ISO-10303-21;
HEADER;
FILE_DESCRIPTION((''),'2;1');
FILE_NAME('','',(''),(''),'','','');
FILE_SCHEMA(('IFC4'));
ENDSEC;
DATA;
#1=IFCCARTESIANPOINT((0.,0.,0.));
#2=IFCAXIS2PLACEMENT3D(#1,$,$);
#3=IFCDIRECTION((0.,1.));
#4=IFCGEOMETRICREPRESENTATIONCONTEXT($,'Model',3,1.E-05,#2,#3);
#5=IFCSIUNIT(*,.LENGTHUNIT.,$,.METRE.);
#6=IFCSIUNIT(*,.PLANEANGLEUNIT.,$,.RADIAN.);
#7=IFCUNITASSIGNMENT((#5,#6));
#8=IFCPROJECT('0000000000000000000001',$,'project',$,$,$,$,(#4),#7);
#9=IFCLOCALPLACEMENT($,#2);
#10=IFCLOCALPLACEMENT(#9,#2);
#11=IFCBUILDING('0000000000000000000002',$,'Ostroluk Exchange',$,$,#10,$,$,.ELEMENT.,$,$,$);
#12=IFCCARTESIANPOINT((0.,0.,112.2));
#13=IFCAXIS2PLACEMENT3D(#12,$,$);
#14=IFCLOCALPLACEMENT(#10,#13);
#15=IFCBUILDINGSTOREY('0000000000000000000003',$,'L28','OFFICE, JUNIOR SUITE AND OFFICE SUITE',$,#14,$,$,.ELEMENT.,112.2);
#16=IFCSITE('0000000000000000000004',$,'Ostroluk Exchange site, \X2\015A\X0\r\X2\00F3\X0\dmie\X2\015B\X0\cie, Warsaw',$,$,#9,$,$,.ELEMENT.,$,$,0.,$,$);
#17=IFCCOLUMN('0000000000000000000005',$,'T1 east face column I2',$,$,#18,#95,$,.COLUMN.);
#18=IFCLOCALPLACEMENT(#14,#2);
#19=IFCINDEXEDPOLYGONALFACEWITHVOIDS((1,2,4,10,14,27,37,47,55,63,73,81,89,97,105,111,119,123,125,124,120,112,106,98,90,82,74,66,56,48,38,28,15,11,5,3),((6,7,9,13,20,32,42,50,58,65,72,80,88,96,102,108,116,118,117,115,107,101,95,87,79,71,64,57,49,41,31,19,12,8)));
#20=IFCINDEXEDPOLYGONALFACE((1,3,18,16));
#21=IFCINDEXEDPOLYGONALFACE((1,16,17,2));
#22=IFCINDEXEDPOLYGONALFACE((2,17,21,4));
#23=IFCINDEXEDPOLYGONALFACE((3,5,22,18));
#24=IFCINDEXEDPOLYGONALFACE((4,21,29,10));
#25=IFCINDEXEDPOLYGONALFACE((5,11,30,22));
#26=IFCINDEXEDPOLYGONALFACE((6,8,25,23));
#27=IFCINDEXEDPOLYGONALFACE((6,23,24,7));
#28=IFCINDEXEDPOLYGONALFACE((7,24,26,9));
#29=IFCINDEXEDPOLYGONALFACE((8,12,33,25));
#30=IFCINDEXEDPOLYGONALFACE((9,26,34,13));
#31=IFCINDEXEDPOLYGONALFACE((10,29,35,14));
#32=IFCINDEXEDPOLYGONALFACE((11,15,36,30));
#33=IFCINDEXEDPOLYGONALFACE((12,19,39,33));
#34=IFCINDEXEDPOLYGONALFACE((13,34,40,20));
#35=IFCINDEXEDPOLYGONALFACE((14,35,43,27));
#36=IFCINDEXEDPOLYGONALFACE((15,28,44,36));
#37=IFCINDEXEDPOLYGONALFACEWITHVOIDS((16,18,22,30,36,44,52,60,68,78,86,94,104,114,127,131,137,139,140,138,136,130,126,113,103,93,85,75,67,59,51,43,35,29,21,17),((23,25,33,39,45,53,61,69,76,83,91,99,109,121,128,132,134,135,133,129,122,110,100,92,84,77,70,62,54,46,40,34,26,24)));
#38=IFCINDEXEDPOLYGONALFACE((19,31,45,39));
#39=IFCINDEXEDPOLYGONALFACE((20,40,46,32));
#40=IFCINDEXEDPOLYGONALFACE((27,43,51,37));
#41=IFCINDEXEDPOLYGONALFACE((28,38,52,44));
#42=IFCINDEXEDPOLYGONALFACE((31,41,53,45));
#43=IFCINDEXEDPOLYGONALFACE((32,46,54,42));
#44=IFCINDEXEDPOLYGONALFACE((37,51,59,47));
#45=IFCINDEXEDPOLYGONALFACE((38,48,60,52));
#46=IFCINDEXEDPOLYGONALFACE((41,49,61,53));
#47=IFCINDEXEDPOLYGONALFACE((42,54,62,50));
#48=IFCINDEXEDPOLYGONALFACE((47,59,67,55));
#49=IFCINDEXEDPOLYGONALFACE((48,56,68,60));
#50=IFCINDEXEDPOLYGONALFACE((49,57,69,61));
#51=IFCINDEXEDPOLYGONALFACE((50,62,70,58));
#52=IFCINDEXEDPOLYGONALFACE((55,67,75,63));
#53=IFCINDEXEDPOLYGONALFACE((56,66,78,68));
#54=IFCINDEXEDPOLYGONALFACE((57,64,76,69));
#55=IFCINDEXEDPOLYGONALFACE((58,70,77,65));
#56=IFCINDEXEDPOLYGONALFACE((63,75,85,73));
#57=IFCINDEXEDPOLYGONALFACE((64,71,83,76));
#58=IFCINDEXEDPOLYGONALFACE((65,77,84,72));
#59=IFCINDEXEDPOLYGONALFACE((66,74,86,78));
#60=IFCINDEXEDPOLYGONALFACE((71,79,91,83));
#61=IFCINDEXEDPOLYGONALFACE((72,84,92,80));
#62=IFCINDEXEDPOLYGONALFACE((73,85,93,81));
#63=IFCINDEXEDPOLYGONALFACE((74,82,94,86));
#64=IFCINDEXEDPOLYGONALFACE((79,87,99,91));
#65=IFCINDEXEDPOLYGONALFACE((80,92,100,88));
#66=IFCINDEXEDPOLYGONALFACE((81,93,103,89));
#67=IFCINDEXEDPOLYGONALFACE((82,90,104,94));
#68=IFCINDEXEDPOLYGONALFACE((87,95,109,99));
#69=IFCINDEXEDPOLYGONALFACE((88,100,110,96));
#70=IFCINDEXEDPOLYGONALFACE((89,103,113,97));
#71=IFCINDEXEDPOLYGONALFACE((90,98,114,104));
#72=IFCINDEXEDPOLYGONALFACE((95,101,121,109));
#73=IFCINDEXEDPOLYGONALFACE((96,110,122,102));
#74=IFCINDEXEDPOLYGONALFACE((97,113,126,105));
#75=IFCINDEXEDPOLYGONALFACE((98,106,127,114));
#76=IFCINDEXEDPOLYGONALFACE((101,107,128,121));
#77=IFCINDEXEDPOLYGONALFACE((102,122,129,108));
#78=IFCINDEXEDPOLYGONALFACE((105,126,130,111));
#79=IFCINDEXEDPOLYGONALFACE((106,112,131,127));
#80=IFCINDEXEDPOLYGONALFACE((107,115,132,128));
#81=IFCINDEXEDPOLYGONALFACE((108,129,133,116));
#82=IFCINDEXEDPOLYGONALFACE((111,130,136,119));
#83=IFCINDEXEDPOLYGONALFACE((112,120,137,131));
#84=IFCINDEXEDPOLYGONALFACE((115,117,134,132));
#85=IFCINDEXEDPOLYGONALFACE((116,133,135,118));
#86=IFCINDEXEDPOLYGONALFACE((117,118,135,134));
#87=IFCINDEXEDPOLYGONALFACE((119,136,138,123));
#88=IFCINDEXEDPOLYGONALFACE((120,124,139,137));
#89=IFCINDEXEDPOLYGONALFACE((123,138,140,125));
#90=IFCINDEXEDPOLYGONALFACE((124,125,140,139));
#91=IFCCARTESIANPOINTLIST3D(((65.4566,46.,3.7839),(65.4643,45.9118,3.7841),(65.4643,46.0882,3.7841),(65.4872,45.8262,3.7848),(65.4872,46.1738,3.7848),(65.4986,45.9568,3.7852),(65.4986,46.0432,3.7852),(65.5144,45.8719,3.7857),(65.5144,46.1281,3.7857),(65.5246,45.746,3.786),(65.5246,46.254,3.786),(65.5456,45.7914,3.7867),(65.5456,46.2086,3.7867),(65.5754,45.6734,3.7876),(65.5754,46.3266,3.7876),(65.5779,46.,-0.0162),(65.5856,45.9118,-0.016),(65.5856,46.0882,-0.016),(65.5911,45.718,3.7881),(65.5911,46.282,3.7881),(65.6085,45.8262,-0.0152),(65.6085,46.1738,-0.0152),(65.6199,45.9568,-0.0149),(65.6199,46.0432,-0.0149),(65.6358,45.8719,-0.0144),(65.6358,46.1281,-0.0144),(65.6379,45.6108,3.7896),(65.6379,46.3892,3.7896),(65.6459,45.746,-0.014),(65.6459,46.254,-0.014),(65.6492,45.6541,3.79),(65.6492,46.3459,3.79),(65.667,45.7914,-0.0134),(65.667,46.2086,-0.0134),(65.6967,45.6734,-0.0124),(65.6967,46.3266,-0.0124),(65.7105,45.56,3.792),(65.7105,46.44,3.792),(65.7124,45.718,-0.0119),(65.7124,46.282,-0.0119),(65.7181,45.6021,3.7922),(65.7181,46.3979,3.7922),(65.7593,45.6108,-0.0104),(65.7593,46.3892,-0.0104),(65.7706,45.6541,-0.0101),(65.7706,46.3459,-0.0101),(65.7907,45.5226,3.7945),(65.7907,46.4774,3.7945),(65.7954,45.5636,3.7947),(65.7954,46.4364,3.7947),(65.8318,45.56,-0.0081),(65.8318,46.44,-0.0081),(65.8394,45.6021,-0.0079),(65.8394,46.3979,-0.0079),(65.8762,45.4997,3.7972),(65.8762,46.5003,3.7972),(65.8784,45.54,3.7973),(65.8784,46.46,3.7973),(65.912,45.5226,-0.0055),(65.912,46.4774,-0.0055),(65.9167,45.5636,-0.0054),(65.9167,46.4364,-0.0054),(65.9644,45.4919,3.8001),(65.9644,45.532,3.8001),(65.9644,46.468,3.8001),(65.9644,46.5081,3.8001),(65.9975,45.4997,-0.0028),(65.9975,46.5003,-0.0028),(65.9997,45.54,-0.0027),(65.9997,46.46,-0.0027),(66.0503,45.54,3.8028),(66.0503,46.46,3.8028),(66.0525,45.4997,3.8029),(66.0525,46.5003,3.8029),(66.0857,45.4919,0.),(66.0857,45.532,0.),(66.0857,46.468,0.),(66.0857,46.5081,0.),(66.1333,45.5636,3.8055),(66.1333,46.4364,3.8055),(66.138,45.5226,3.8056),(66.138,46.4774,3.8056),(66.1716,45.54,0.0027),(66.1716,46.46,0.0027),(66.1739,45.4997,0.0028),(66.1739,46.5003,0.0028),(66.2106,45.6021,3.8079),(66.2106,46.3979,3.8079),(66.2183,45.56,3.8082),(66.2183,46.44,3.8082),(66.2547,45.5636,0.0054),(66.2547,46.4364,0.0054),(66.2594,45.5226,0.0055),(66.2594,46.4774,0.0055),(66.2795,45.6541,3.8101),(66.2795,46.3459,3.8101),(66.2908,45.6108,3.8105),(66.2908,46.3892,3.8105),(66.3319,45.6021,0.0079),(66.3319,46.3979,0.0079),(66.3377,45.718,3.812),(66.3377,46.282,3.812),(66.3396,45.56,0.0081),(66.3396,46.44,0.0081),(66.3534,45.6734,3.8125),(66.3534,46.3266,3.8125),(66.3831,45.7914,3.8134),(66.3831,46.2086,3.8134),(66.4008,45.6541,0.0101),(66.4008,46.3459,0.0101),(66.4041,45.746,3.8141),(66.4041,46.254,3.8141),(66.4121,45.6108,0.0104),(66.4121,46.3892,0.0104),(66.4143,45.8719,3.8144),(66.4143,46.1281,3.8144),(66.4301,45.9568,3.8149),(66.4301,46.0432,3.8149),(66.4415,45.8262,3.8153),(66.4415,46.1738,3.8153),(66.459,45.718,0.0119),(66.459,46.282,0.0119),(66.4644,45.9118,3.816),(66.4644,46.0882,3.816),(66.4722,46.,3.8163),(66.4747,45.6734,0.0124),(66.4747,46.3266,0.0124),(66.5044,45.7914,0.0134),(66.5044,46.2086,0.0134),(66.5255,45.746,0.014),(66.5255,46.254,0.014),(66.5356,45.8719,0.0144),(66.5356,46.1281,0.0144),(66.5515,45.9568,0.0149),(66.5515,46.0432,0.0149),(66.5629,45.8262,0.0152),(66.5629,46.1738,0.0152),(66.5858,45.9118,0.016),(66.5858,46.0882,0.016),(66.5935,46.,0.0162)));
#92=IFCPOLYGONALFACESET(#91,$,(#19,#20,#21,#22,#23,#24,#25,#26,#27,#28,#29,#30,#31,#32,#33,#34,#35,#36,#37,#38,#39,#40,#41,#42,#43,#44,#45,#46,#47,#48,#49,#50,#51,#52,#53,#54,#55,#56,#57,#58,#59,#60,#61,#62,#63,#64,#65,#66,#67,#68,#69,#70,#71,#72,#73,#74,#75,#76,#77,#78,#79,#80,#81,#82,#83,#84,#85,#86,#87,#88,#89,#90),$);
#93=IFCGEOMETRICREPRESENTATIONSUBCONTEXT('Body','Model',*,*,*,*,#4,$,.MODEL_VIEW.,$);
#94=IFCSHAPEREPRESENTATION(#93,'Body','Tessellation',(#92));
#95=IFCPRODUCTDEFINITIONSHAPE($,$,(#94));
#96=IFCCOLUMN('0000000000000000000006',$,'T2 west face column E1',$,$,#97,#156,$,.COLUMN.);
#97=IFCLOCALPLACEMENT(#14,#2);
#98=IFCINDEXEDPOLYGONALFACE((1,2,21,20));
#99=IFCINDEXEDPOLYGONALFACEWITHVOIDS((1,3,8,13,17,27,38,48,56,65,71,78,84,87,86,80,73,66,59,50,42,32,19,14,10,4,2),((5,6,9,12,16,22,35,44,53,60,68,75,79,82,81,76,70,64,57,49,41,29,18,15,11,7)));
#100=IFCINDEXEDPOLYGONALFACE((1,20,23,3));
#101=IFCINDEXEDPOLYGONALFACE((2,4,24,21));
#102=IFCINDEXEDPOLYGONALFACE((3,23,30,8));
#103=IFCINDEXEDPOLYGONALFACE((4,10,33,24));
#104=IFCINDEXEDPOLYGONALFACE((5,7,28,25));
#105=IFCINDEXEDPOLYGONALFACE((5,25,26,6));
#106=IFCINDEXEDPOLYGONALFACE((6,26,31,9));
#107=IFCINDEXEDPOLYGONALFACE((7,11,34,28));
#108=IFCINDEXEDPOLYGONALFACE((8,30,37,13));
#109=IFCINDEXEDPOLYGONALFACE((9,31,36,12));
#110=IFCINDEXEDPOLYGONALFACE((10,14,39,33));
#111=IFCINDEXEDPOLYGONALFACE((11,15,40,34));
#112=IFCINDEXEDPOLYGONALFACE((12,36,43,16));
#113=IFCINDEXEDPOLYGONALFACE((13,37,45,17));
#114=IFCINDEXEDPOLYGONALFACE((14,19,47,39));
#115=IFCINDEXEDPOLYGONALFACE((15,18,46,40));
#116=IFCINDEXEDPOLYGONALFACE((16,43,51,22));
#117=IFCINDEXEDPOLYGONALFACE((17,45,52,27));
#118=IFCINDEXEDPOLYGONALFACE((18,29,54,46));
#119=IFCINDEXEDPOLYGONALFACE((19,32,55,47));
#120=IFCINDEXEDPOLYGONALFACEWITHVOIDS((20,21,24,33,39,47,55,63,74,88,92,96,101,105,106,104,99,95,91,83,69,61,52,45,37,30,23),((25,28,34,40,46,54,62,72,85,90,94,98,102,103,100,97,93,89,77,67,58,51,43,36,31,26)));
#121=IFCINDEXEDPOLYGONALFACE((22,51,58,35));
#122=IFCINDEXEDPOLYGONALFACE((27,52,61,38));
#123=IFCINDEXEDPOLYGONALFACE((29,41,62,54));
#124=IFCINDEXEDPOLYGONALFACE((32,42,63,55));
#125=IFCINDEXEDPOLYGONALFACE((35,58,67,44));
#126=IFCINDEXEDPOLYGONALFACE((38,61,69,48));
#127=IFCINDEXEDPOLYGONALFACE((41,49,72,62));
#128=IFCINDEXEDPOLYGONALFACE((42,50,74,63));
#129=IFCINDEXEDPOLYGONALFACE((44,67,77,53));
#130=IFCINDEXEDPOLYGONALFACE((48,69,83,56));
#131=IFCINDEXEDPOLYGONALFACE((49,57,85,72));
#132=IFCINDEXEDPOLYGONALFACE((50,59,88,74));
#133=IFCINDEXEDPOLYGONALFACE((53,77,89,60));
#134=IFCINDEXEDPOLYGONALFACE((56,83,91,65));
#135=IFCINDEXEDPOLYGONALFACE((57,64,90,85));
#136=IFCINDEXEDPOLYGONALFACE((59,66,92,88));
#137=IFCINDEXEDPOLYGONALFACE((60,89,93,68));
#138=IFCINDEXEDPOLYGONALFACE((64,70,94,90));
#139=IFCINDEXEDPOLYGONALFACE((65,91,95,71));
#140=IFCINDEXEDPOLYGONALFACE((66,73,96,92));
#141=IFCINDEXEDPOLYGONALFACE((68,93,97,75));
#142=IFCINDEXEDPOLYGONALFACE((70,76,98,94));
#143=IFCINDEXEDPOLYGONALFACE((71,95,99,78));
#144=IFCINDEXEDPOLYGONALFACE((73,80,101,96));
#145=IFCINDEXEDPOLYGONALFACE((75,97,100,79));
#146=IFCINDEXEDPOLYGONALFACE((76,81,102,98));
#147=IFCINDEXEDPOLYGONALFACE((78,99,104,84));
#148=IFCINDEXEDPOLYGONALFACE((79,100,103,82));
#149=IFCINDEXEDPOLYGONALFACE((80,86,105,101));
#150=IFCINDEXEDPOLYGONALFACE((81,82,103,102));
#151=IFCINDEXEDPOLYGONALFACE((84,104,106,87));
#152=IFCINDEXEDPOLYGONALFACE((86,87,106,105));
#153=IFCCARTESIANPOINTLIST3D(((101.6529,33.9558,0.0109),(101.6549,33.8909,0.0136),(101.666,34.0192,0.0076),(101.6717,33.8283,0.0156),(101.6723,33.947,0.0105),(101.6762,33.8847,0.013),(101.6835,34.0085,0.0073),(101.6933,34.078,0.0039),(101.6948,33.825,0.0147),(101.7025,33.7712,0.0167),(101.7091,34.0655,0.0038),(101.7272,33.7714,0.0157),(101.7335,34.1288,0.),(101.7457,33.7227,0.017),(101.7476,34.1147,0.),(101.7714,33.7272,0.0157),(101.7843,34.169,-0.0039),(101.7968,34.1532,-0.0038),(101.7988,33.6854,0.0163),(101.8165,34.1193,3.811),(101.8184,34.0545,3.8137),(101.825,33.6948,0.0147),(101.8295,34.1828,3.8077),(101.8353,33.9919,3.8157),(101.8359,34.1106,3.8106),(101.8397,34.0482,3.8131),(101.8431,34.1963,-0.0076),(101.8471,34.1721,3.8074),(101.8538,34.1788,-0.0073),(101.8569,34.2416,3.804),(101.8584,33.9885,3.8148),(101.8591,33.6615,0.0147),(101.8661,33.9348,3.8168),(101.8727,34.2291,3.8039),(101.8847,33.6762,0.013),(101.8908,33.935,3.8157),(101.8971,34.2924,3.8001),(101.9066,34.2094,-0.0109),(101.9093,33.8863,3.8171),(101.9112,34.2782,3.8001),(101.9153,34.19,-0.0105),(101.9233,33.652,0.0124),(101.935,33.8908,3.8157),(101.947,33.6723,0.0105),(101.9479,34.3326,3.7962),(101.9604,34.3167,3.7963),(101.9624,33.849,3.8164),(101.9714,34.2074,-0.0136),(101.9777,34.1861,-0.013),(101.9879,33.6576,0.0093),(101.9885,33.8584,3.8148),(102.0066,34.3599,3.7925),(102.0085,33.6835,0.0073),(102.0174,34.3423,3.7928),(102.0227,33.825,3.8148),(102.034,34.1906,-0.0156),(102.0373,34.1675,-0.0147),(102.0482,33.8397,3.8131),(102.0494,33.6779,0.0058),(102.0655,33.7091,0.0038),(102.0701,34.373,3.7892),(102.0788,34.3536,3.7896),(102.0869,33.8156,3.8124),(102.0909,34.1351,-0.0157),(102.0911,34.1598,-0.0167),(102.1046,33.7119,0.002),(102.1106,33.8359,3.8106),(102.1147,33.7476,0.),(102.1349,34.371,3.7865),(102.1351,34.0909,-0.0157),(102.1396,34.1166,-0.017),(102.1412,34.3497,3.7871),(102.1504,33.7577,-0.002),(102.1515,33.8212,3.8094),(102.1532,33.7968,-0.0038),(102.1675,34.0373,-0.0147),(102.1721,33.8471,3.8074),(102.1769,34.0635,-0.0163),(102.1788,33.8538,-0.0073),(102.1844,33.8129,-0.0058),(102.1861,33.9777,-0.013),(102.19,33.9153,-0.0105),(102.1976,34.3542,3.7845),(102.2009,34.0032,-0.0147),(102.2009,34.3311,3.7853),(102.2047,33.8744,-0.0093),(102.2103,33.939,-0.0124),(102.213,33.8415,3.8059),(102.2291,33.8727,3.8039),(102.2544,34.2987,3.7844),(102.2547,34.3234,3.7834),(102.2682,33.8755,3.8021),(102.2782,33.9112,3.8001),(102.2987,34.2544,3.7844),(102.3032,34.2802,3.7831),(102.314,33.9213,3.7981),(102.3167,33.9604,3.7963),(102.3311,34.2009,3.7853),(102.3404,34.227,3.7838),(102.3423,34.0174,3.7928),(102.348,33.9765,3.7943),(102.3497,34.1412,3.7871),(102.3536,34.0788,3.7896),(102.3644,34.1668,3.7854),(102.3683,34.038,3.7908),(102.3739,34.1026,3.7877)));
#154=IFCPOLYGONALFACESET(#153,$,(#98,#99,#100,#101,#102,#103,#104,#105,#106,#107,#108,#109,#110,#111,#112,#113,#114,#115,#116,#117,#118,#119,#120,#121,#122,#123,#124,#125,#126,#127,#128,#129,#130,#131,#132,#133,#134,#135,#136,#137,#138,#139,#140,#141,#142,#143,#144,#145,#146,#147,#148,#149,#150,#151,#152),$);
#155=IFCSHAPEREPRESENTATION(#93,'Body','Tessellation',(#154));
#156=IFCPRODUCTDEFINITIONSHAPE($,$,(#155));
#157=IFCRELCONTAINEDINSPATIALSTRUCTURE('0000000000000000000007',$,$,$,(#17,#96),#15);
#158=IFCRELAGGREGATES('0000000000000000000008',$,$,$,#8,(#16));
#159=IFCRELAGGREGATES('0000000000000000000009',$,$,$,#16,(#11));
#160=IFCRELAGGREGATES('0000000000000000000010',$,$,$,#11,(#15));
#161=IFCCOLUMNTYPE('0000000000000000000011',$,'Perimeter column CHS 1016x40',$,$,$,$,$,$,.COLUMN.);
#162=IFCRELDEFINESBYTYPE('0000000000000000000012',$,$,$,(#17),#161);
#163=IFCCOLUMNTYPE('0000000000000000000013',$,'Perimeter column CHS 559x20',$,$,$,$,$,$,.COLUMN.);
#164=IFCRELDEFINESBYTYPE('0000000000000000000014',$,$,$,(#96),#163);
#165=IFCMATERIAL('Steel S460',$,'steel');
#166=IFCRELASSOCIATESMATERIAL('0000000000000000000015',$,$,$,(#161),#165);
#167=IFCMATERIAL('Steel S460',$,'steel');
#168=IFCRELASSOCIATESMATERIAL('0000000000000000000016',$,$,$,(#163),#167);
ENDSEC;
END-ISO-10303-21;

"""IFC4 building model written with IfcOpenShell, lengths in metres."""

from ifc_helpers import new_model, si_unit, direction, frame, origin, origin_2d, place, context, subcontext, project, spatial, hollow_circle, extrude, material, material_profile, profile_set, type_object, element, save


model = new_model("IFC4")

# Units and contexts
model_context = context("Model", 3, precision=1e-05, world=origin(), true_north=direction((0.0, 1.0)))
body_context = subcontext(model_context, "Body", "Model", "MODEL_VIEW")
ifc_project = project(units=[si_unit("LENGTHUNIT", "METRE"), si_unit("PLANEANGLEUNIT", "RADIAN")], contexts=[model_context])

# Site, building, storey
site_placement = place(None, origin())
site = spatial("IfcSite", under=ifc_project, at=site_placement, Name="Ostroluk Exchange site, Śródmieście, Warsaw", CompositionType="ELEMENT", RefElevation=0.0)
building_placement = place(site_placement, origin())
building = spatial("IfcBuilding", under=site, at=building_placement, Name="Ostroluk Exchange", CompositionType="ELEMENT")
storey_placement = place(building_placement, frame((0.0, 0.0, 112.2)))
storey = spatial("IfcBuildingStorey", under=building, at=storey_placement, Name="L28", Description="OFFICE, JUNIOR SUITE AND OFFICE SUITE", CompositionType="ELEMENT", Elevation=112.2)

# Columns
ifc_material_1 = material(Name="Steel S460", Category="steel")
ifc_material_profile_1 = material_profile(ifc_material_1, hollow_circle(Radius=0.5081, WallThickness=0.04, at=origin_2d()), Name="CHS 1016x40")
ifc_profile_set_1 = profile_set([ifc_material_profile_1], Name="Steel S460")
column_type_1 = type_object("IfcColumnType", Name="Perimeter column CHS 1016x40", PredefinedType="COLUMN", material=ifc_profile_set_1)
column_1_placement = place(storey_placement, frame((66.0857, 46.0, 0.0), z_axis=(-0.031914, 0.0, 0.999491), x_axis=(0.0, -1.0, 0.0)))
element("IfcColumn", 1, at=column_1_placement, inside=storey, type_object=column_type_1, Name="T1 east face column I2", PredefinedType="COLUMN", context=body_context, shape_type="SweptSolid", body=[
    extrude(hollow_circle(Radius=0.5081, WallThickness=0.04, at=origin_2d()), origin(), (0.0, 0.0, 1.0), 3.802),
])
ifc_material_2 = material(Name="Steel S460", Category="steel")
ifc_material_profile_2 = material_profile(ifc_material_2, hollow_circle(Radius=0.2795, WallThickness=0.02, at=origin_2d()), Name="CHS 559x20")
ifc_profile_set_2 = profile_set([ifc_material_profile_2], Name="Steel S460")
column_type_2 = type_object("IfcColumnType", Name="Perimeter column CHS 559x20", PredefinedType="COLUMN", material=ifc_profile_set_2)
column_2_placement = place(storey_placement, frame((101.9312, 33.9312, 0.0), z_axis=(0.042966, 0.042966, 0.998152), x_axis=(-0.707107, 0.707107, 0.0)))
element("IfcColumn", 2, at=column_2_placement, inside=storey, type_object=column_type_2, Name="T2 west face column E1", PredefinedType="COLUMN", context=body_context, shape_type="SweptSolid", body=[
    extrude(hollow_circle(Radius=0.2795, WallThickness=0.02, at=origin_2d()), origin(), (0.0, 0.0, 1.0), 3.8071),
])

save(model, "model.ifc")
